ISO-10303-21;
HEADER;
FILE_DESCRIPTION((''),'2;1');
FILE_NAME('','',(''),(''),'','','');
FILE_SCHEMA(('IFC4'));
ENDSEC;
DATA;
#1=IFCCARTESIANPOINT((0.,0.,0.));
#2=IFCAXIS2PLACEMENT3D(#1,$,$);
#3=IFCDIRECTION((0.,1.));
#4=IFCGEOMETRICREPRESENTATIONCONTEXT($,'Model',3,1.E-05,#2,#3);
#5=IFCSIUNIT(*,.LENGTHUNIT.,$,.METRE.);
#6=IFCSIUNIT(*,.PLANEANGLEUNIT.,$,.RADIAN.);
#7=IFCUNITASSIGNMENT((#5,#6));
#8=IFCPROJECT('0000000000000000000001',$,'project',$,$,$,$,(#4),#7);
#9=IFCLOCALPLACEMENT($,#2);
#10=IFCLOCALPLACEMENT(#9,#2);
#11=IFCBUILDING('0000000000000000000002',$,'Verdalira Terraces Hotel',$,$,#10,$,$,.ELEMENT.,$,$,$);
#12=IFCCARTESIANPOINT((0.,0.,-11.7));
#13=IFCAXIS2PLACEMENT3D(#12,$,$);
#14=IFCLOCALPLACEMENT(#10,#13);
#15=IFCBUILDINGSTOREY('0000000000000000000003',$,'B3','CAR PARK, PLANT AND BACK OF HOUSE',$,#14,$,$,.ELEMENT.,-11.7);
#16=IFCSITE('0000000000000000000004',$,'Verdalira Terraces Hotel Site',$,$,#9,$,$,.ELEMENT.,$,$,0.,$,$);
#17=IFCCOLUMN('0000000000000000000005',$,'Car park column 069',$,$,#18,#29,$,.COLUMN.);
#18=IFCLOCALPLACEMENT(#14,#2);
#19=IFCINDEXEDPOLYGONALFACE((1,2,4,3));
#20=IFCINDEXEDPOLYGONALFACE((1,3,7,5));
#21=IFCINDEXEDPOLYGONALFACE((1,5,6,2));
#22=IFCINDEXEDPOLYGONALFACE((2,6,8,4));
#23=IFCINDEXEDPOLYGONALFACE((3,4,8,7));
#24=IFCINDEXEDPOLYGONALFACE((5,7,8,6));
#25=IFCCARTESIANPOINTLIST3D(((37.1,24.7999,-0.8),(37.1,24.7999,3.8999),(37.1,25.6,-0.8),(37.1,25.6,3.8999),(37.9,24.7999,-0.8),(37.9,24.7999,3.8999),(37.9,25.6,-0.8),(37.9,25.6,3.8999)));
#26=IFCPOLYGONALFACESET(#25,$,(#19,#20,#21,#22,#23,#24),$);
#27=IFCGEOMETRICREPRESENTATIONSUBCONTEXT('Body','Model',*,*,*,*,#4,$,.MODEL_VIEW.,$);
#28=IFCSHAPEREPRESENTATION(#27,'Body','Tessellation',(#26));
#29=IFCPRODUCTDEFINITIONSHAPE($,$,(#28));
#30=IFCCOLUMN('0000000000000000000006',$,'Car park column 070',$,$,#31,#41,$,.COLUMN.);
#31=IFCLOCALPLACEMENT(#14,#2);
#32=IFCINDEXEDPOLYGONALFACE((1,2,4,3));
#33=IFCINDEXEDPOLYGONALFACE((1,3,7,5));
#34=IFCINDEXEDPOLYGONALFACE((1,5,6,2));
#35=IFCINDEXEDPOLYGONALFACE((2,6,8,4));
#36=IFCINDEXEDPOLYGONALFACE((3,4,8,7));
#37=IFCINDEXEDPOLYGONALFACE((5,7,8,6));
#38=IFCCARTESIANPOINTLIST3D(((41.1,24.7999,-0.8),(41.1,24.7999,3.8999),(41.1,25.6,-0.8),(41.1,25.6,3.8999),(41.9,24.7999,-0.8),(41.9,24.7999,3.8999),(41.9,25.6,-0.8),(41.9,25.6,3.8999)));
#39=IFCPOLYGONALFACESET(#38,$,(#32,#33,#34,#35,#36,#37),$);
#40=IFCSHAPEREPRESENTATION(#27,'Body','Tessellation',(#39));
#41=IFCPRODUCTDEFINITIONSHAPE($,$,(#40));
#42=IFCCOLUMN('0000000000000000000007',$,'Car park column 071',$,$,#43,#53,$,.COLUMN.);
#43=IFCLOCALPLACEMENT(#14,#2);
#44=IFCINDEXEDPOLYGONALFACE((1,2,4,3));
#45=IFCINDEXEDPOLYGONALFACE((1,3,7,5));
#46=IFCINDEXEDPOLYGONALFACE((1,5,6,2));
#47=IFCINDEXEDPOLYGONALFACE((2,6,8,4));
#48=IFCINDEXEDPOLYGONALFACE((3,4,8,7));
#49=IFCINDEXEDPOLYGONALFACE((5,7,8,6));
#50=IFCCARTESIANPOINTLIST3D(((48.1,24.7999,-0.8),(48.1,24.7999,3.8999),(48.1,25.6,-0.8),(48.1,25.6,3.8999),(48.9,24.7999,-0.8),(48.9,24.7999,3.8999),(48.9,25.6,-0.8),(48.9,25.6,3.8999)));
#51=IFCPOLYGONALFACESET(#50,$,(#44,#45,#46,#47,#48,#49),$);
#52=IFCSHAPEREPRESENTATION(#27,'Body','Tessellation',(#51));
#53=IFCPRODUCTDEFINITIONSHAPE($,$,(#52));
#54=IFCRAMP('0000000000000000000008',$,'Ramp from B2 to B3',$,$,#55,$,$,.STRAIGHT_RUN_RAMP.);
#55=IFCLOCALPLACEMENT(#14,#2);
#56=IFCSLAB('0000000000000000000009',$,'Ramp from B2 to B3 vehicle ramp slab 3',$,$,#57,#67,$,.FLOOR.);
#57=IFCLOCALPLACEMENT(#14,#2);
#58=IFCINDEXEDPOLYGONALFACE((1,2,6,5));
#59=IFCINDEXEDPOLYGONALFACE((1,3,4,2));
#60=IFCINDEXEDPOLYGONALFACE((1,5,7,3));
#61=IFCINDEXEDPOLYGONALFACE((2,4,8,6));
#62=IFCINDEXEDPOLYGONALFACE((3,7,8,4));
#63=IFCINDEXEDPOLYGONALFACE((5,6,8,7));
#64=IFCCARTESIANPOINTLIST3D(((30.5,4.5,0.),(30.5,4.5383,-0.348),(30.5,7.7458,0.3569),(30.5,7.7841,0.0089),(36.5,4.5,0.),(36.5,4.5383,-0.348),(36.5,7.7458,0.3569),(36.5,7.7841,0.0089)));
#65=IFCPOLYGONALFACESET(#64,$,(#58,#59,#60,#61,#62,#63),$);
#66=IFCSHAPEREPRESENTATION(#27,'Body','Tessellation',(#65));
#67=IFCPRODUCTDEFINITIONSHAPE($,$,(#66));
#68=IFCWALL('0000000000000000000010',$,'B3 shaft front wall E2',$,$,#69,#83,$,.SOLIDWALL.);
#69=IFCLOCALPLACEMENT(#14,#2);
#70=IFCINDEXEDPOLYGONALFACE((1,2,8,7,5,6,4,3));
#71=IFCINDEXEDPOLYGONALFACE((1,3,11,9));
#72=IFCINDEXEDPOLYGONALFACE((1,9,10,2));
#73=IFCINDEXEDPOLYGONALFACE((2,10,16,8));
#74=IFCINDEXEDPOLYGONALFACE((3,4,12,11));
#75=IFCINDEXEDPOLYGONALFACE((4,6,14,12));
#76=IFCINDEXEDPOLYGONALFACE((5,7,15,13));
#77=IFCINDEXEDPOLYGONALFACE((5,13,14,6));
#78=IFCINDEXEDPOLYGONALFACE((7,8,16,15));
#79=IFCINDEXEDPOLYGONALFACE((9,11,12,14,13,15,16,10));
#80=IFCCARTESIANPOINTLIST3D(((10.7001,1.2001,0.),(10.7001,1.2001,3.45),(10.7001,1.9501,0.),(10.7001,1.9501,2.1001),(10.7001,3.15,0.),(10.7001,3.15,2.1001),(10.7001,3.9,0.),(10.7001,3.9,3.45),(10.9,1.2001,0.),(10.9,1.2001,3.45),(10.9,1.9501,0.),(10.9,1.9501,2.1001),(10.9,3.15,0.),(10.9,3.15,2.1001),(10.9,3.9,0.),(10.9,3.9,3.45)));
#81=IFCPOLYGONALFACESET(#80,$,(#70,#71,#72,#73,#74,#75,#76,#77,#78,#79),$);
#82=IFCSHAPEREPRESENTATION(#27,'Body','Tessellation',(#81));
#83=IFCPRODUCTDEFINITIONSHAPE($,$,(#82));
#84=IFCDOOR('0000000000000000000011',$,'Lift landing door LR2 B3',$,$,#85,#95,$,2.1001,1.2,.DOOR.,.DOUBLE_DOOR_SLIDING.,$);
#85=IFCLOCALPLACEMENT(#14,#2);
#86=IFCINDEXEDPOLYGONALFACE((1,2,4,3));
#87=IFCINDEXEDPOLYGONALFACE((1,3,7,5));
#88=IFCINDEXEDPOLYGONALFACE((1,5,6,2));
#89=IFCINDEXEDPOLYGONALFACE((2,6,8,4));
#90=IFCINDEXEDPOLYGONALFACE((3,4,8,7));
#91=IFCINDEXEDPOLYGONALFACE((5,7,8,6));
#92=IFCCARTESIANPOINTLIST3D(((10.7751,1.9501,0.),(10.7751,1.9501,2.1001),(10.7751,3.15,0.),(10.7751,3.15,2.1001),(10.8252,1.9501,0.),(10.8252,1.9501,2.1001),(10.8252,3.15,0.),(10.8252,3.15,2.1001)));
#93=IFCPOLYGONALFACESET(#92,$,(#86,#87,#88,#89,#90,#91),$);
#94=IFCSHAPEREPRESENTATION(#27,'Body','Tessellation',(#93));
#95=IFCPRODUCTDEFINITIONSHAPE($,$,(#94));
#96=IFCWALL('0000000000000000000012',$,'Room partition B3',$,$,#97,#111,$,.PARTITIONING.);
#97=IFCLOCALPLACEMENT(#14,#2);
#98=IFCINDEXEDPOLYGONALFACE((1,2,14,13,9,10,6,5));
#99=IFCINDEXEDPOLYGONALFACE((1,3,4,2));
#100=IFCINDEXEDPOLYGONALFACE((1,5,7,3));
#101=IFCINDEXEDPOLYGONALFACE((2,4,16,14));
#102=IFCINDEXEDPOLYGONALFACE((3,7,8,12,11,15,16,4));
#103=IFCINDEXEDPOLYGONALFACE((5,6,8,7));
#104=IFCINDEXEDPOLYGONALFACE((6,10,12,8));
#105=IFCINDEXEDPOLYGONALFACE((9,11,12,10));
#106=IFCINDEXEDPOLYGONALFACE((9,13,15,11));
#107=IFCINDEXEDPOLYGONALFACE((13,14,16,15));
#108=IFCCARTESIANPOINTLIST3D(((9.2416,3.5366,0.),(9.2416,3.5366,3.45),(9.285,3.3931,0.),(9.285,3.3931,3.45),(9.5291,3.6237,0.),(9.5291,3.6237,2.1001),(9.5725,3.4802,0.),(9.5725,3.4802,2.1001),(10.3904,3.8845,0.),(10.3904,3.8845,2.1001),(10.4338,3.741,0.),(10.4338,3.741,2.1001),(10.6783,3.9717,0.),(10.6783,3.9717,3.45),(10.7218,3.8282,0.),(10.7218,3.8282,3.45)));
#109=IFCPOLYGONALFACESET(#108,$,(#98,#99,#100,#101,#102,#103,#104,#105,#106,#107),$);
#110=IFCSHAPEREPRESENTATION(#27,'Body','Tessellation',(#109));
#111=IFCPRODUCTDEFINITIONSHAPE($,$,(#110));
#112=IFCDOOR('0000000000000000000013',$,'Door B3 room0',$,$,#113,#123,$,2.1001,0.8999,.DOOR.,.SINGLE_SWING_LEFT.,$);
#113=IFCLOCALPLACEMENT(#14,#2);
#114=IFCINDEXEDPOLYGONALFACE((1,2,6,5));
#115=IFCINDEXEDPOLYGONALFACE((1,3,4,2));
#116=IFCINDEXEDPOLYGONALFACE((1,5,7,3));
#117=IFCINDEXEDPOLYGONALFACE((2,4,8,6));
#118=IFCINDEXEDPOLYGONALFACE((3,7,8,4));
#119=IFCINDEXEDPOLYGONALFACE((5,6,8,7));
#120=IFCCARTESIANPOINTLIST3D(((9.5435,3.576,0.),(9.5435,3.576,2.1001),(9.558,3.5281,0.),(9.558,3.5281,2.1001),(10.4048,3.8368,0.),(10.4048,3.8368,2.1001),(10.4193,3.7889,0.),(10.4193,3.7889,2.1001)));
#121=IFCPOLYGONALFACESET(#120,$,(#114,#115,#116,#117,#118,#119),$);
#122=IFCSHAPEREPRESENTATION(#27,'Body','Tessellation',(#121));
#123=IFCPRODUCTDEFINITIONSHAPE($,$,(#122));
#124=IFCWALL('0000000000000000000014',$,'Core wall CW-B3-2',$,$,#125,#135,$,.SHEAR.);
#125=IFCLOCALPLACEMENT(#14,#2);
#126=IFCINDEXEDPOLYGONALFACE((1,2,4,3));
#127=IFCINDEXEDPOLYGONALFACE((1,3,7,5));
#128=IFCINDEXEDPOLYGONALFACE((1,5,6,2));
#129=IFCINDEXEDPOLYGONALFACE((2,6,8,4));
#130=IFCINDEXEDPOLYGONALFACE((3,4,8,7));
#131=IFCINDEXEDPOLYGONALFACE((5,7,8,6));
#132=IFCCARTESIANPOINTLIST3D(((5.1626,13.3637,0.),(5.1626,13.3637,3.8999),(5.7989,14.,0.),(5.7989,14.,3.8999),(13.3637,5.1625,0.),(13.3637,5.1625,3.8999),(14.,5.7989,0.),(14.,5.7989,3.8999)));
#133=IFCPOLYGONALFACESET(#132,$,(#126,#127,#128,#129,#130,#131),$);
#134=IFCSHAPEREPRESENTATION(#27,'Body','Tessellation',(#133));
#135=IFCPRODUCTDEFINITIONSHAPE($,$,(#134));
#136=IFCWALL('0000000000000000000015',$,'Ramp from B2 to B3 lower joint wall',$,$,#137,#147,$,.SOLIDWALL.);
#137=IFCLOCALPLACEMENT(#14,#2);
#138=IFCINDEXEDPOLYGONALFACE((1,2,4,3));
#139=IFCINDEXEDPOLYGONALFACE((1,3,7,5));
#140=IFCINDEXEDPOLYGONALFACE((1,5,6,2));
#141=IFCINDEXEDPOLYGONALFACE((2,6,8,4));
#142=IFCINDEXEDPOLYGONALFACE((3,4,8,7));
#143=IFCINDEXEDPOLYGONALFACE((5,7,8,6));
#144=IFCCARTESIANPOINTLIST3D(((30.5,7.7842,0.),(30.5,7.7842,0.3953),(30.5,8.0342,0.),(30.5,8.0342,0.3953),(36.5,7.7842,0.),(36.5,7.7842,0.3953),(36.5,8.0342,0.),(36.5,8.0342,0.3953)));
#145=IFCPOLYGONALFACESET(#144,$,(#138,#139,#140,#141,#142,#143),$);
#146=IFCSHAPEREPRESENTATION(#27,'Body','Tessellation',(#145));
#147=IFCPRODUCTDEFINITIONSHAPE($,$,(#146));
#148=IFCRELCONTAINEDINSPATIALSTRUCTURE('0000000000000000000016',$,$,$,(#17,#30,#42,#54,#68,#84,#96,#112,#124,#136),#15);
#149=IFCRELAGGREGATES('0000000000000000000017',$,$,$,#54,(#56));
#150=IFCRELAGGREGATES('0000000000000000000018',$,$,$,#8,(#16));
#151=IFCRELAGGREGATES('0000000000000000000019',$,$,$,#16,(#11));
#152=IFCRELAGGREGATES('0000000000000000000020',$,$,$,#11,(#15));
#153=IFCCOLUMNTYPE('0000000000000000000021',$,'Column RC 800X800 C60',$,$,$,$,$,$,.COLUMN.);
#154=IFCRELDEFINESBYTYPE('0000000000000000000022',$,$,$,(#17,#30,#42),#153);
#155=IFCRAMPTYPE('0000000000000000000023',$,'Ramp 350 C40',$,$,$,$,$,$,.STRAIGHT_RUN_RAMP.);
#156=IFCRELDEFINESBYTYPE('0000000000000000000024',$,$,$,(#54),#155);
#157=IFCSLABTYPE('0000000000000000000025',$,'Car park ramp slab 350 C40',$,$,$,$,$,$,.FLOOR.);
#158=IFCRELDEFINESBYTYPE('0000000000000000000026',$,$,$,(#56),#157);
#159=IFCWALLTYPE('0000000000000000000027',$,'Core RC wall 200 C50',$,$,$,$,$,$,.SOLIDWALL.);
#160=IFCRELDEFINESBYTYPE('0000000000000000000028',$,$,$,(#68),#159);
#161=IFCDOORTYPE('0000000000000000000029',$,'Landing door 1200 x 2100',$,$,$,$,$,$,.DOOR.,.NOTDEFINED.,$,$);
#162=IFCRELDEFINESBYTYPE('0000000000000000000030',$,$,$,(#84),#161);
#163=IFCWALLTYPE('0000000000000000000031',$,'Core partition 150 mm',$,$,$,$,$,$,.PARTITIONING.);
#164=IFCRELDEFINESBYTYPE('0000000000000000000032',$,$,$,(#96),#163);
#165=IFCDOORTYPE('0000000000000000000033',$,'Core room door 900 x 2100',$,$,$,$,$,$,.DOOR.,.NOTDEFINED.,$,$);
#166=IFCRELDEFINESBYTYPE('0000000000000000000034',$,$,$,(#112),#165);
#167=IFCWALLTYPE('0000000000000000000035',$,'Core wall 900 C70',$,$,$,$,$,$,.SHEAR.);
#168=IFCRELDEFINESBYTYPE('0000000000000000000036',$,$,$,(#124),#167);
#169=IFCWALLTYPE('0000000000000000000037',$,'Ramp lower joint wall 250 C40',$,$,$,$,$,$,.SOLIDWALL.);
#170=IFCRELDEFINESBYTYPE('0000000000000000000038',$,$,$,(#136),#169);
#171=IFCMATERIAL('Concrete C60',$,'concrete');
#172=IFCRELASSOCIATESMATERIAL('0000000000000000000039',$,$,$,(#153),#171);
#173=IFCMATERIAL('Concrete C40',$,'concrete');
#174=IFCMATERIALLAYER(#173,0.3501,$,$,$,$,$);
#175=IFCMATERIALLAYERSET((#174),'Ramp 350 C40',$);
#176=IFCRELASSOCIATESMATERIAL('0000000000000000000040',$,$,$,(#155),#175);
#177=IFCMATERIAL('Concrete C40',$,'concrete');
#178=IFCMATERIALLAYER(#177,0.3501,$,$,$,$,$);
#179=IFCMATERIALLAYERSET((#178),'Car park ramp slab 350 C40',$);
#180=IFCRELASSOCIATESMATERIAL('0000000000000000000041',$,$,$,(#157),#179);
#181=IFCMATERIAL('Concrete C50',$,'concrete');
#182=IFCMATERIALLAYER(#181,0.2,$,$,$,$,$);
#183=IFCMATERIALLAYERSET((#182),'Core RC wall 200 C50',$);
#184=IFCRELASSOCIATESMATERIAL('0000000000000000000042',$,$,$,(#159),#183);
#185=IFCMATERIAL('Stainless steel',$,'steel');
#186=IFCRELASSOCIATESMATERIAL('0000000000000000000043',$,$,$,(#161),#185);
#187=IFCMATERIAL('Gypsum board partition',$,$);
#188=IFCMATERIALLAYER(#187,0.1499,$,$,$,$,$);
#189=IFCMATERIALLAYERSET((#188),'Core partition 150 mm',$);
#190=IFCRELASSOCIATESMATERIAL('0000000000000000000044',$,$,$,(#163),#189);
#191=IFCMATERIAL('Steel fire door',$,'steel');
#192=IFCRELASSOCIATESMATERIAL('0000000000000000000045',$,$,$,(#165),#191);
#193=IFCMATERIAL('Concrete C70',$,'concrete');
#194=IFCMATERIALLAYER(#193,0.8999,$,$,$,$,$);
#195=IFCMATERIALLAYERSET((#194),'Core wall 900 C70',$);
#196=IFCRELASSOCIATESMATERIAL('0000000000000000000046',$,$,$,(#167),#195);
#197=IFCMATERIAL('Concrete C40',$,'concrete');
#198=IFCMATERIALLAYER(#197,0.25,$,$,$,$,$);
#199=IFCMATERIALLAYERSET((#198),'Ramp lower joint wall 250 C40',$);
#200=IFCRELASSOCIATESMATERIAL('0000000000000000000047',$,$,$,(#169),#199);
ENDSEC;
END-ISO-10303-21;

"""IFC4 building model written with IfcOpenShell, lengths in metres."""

from ifc_helpers import new_model, si_unit, direction, frame, frame_2d, origin, origin_2d, place, context, subcontext, project, spatial, polyline, rectangle, outline, extrude, material, layer, layer_set, material_profile, profile_set, type_object, element, fill, aggregate, save


model = new_model("IFC4")

# Units and contexts
model_context = context("Model", 3, precision=1e-05, world=origin(), true_north=direction((0.0, 1.0)))
body_context = subcontext(model_context, "Body", "Model", "MODEL_VIEW")
ifc_project = project(units=[si_unit("LENGTHUNIT", "METRE"), si_unit("PLANEANGLEUNIT", "RADIAN")], contexts=[model_context])

# Site, building, storey
site_placement = place(None, origin())
site = spatial("IfcSite", under=ifc_project, at=site_placement, Name="Verdalira Terraces Hotel Site", CompositionType="ELEMENT", RefElevation=0.0)
building_placement = place(site_placement, origin())
building = spatial("IfcBuilding", under=site, at=building_placement, Name="Verdalira Terraces Hotel", CompositionType="ELEMENT")
storey_placement = place(building_placement, frame((0.0, 0.0, -11.7)))
storey = spatial("IfcBuildingStorey", under=building, at=storey_placement, Name="B3", Description="CAR PARK, PLANT AND BACK OF HOUSE", CompositionType="ELEMENT", Elevation=-11.7)

# Columns
ifc_material_1 = material(Name="Concrete C60", Category="concrete")
ifc_material_profile_1 = material_profile(ifc_material_1, rectangle(XDim=0.8, YDim=0.8, at=origin_2d()), Name="RC 800X800")
ifc_profile_set_1 = profile_set([ifc_material_profile_1], Name="Concrete C60")
column_type_1 = type_object("IfcColumnType", Name="Column RC 800X800 C60", PredefinedType="COLUMN", material=ifc_profile_set_1)
for number, where, z_axis, x_axis, name in (
    (1, (37.5, 25.2, -0.8), (0.0, 0.0, 1.0), (1.0, 0.0, 0.0), "Car park column 069"),
    (2, (41.5, 25.2, -0.8), (0.0, 0.0, 1.0), (1.0, 0.0, 0.0), "Car park column 070"),
    (3, (48.5, 25.2, -0.8), (0.0, 0.0, 1.0), (1.0, 0.0, 0.0), "Car park column 071"),
):
    element("IfcColumn", number, at=place(storey_placement, frame(where, z_axis=z_axis, x_axis=x_axis)), inside=storey, type_object=column_type_1, Name=name, PredefinedType="COLUMN", context=body_context, shape_type="SweptSolid", body=[
        extrude(rectangle(XDim=0.8, YDim=0.8, at=origin_2d()), origin(), (0.0, 0.0, 1.0), 4.7),
    ])

# Ramp, slab
ifc_material_2 = material(Name="Concrete C40", Category="concrete")
ifc_layer_1 = layer(ifc_material_2, 0.3501)
ifc_layer_set_1 = layer_set([ifc_layer_1], Name="Ramp 350 C40")
ramp_type = type_object("IfcRampType", Name="Ramp 350 C40", PredefinedType="STRAIGHT_RUN_RAMP", material=ifc_layer_set_1)
ramp_placement = place(storey_placement, origin())
ramp = element("IfcRamp", 4, at=ramp_placement, inside=storey, type_object=ramp_type, Name="Ramp from B2 to B3", PredefinedType="STRAIGHT_RUN_RAMP")
ifc_material_3 = material(Name="Concrete C40", Category="concrete")
ifc_layer_2 = layer(ifc_material_3, 0.3501)
ifc_layer_set_2 = layer_set([ifc_layer_2], Name="Car park ramp slab 350 C40")
slab_type = type_object("IfcSlabType", Name="Car park ramp slab 350 C40", PredefinedType="FLOOR", material=ifc_layer_set_2)
slab_placement = place(storey_placement, frame((30.5, 7.7458, 0.3569), z_axis=(0.0, -0.109307, 0.994008), x_axis=(1.0, 0.0, 0.0)))
slab = element("IfcSlab", 5, at=slab_placement, type_object=slab_type, Name="Ramp from B2 to B3 vehicle ramp slab 3", PredefinedType="FLOOR", context=body_context, shape_type="SweptSolid", body=[
    extrude(outline(polyline([(0.0, 0.0), (6.0, 0.0), (6.0, -3.2654), (0.0, -3.2654), (0.0, 0.0)])), origin(), (0.0, 0.0, -1.0), 0.3501),
])
aggregate(ramp, [slab])

# Walls, openings, doors
ifc_material_4 = material(Name="Concrete C50", Category="concrete")
ifc_layer_3 = layer(ifc_material_4, 0.2)
ifc_layer_set_3 = layer_set([ifc_layer_3], Name="Core RC wall 200 C50")
wall_type_1 = type_object("IfcWallType", Name="Core RC wall 200 C50", PredefinedType="SOLIDWALL", material=ifc_layer_set_3)
wall_1_placement = place(storey_placement, frame((10.8, 1.2, 0.0), z_axis=(0.0, 0.0, 1.0), x_axis=(0.0, 1.0, 0.0)))
wall_1 = element("IfcWall", 6, at=wall_1_placement, inside=storey, type_object=wall_type_1, Name="B3 shaft front wall E2", PredefinedType="SOLIDWALL", context=body_context, shape_type="SweptSolid", body=[
    extrude(rectangle(XDim=2.7, YDim=0.2, at=frame_2d((1.3501, 0.0))), origin(), (0.0, 0.0, 1.0), 3.45),
])
opening_1_placement = place(wall_1_placement, frame((0.75, 0.0, 0.0)))
opening_1 = element("IfcOpeningElement", 7, at=opening_1_placement, cuts=wall_1, PredefinedType="OPENING", context=body_context, shape_type="SweptSolid", body=[
    extrude(rectangle(XDim=1.2, YDim=2.1001, at=frame_2d((0.6001, 1.05))), frame((0.0, 0.1099, 0.0), z_axis=(0.0, -1.0, 0.0), x_axis=(1.0, 0.0, 0.0)), (0.0, 0.0, 1.0), 0.22),
])
ifc_material_5 = material(Name="Stainless steel", Category="steel")
door_type_1 = type_object("IfcDoorType", Name="Landing door 1200 x 2100", OperationType="NOTDEFINED", PredefinedType="DOOR", material=ifc_material_5)
door_1_placement = place(opening_1_placement, origin())
door_1 = element("IfcDoor", 8, at=door_1_placement, inside=storey, type_object=door_type_1, Name="Lift landing door LR2 B3", OperationType="DOUBLE_DOOR_SLIDING", OverallHeight=2.1001, OverallWidth=1.2, PredefinedType="DOOR", context=body_context, shape_type="SweptSolid", body=[
    extrude(rectangle(XDim=1.2, YDim=2.1001, at=frame_2d((0.6001, 1.05))), frame((0.0, 0.0249, 0.0), z_axis=(0.0, -1.0, 0.0), x_axis=(1.0, 0.0, 0.0)), (0.0, 0.0, 1.0), 0.05),
])
fill(opening_1, door_1)
ifc_material_6 = material(Name="Gypsum board partition")
ifc_layer_4 = layer(ifc_material_6, 0.1499)
ifc_layer_set_4 = layer_set([ifc_layer_4], Name="Core partition 150 mm")
wall_type_2 = type_object("IfcWallType", Name="Core partition 150 mm", PredefinedType="PARTITIONING", material=ifc_layer_set_4)
wall_2_placement = place(storey_placement, frame((10.7, 3.8999, 0.0), z_axis=(0.0, 0.0, 1.0), x_axis=(-0.957085, -0.289809, 0.0)))
wall_2 = element("IfcWall", 9, at=wall_2_placement, inside=storey, type_object=wall_type_2, Name="Room partition B3", PredefinedType="PARTITIONING", context=body_context, shape_type="SweptSolid", body=[
    extrude(rectangle(XDim=1.5012, YDim=0.1499, at=frame_2d((0.7505, 0.0))), origin(), (0.0, 0.0, 1.0), 3.45),
])
opening_2_placement = place(wall_2_placement, frame((0.3008, 0.0, 0.0)))
opening_2 = element("IfcOpeningElement", 10, at=opening_2_placement, cuts=wall_2, PredefinedType="OPENING", context=body_context, shape_type="SweptSolid", body=[
    extrude(rectangle(XDim=0.8999, YDim=2.1001, at=frame_2d((0.45, 1.05))), frame((0.0, 0.085, 0.0), z_axis=(0.0, -1.0, 0.0), x_axis=(1.0, 0.0, 0.0)), (0.0, 0.0, 1.0), 0.1699),
])
ifc_material_7 = material(Name="Steel fire door", Category="steel")
door_type_2 = type_object("IfcDoorType", Name="Core room door 900 x 2100", OperationType="NOTDEFINED", PredefinedType="DOOR", material=ifc_material_7)
door_2_placement = place(opening_2_placement, origin())
door_2 = element("IfcDoor", 11, at=door_2_placement, inside=storey, type_object=door_type_2, Name="Door B3 room0", OperationType="SINGLE_SWING_LEFT", OverallHeight=2.1001, OverallWidth=0.8999, PredefinedType="DOOR", context=body_context, shape_type="SweptSolid", body=[
    extrude(rectangle(XDim=0.8999, YDim=2.1001, at=frame_2d((0.45, 1.05))), frame((0.0, 0.0249, 0.0), z_axis=(0.0, -1.0, 0.0), x_axis=(1.0, 0.0, 0.0)), (0.0, 0.0, 1.0), 0.05),
])
fill(opening_2, door_2)

# Walls
ifc_material_8 = material(Name="Concrete C70", Category="concrete")
ifc_layer_5 = layer(ifc_material_8, 0.8999)
ifc_layer_set_5 = layer_set([ifc_layer_5], Name="Core wall 900 C70")
wall_type_3 = type_object("IfcWallType", Name="Core wall 900 C70", PredefinedType="SHEAR", material=ifc_layer_set_5)
wall_3_placement = place(storey_placement, frame((13.6819, 5.4807, 0.0), z_axis=(0.0, 0.0, 1.0), x_axis=(-0.707107, 0.707107, 0.0)))
element("IfcWall", 12, at=wall_3_placement, inside=storey, type_object=wall_type_3, Name="Core wall CW-B3-2", PredefinedType="SHEAR", context=body_context, shape_type="SweptSolid", body=[
    extrude(rectangle(XDim=11.5981, YDim=0.8999, at=frame_2d((5.7991, 0.0))), origin(), (0.0, 0.0, 1.0), 3.8999),
])
ifc_material_9 = material(Name="Concrete C40", Category="concrete")
ifc_layer_6 = layer(ifc_material_9, 0.25)
ifc_layer_set_6 = layer_set([ifc_layer_6], Name="Ramp lower joint wall 250 C40")
wall_type_4 = type_object("IfcWallType", Name="Ramp lower joint wall 250 C40", PredefinedType="SOLIDWALL", material=ifc_layer_set_6)
wall_4_placement = place(storey_placement, frame((36.5, 7.9092, 0.0), z_axis=(0.0, 0.0, 1.0), x_axis=(-1.0, 0.0, 0.0)))
element("IfcWall", 13, at=wall_4_placement, inside=storey, type_object=wall_type_4, Name="Ramp from B2 to B3 lower joint wall", PredefinedType="SOLIDWALL", context=body_context, shape_type="SweptSolid", body=[
    extrude(rectangle(XDim=6.0, YDim=0.25, at=frame_2d((3.0, 0.0))), origin(), (0.0, 0.0, 1.0), 0.3953),
])

save(model, "model.ifc")
